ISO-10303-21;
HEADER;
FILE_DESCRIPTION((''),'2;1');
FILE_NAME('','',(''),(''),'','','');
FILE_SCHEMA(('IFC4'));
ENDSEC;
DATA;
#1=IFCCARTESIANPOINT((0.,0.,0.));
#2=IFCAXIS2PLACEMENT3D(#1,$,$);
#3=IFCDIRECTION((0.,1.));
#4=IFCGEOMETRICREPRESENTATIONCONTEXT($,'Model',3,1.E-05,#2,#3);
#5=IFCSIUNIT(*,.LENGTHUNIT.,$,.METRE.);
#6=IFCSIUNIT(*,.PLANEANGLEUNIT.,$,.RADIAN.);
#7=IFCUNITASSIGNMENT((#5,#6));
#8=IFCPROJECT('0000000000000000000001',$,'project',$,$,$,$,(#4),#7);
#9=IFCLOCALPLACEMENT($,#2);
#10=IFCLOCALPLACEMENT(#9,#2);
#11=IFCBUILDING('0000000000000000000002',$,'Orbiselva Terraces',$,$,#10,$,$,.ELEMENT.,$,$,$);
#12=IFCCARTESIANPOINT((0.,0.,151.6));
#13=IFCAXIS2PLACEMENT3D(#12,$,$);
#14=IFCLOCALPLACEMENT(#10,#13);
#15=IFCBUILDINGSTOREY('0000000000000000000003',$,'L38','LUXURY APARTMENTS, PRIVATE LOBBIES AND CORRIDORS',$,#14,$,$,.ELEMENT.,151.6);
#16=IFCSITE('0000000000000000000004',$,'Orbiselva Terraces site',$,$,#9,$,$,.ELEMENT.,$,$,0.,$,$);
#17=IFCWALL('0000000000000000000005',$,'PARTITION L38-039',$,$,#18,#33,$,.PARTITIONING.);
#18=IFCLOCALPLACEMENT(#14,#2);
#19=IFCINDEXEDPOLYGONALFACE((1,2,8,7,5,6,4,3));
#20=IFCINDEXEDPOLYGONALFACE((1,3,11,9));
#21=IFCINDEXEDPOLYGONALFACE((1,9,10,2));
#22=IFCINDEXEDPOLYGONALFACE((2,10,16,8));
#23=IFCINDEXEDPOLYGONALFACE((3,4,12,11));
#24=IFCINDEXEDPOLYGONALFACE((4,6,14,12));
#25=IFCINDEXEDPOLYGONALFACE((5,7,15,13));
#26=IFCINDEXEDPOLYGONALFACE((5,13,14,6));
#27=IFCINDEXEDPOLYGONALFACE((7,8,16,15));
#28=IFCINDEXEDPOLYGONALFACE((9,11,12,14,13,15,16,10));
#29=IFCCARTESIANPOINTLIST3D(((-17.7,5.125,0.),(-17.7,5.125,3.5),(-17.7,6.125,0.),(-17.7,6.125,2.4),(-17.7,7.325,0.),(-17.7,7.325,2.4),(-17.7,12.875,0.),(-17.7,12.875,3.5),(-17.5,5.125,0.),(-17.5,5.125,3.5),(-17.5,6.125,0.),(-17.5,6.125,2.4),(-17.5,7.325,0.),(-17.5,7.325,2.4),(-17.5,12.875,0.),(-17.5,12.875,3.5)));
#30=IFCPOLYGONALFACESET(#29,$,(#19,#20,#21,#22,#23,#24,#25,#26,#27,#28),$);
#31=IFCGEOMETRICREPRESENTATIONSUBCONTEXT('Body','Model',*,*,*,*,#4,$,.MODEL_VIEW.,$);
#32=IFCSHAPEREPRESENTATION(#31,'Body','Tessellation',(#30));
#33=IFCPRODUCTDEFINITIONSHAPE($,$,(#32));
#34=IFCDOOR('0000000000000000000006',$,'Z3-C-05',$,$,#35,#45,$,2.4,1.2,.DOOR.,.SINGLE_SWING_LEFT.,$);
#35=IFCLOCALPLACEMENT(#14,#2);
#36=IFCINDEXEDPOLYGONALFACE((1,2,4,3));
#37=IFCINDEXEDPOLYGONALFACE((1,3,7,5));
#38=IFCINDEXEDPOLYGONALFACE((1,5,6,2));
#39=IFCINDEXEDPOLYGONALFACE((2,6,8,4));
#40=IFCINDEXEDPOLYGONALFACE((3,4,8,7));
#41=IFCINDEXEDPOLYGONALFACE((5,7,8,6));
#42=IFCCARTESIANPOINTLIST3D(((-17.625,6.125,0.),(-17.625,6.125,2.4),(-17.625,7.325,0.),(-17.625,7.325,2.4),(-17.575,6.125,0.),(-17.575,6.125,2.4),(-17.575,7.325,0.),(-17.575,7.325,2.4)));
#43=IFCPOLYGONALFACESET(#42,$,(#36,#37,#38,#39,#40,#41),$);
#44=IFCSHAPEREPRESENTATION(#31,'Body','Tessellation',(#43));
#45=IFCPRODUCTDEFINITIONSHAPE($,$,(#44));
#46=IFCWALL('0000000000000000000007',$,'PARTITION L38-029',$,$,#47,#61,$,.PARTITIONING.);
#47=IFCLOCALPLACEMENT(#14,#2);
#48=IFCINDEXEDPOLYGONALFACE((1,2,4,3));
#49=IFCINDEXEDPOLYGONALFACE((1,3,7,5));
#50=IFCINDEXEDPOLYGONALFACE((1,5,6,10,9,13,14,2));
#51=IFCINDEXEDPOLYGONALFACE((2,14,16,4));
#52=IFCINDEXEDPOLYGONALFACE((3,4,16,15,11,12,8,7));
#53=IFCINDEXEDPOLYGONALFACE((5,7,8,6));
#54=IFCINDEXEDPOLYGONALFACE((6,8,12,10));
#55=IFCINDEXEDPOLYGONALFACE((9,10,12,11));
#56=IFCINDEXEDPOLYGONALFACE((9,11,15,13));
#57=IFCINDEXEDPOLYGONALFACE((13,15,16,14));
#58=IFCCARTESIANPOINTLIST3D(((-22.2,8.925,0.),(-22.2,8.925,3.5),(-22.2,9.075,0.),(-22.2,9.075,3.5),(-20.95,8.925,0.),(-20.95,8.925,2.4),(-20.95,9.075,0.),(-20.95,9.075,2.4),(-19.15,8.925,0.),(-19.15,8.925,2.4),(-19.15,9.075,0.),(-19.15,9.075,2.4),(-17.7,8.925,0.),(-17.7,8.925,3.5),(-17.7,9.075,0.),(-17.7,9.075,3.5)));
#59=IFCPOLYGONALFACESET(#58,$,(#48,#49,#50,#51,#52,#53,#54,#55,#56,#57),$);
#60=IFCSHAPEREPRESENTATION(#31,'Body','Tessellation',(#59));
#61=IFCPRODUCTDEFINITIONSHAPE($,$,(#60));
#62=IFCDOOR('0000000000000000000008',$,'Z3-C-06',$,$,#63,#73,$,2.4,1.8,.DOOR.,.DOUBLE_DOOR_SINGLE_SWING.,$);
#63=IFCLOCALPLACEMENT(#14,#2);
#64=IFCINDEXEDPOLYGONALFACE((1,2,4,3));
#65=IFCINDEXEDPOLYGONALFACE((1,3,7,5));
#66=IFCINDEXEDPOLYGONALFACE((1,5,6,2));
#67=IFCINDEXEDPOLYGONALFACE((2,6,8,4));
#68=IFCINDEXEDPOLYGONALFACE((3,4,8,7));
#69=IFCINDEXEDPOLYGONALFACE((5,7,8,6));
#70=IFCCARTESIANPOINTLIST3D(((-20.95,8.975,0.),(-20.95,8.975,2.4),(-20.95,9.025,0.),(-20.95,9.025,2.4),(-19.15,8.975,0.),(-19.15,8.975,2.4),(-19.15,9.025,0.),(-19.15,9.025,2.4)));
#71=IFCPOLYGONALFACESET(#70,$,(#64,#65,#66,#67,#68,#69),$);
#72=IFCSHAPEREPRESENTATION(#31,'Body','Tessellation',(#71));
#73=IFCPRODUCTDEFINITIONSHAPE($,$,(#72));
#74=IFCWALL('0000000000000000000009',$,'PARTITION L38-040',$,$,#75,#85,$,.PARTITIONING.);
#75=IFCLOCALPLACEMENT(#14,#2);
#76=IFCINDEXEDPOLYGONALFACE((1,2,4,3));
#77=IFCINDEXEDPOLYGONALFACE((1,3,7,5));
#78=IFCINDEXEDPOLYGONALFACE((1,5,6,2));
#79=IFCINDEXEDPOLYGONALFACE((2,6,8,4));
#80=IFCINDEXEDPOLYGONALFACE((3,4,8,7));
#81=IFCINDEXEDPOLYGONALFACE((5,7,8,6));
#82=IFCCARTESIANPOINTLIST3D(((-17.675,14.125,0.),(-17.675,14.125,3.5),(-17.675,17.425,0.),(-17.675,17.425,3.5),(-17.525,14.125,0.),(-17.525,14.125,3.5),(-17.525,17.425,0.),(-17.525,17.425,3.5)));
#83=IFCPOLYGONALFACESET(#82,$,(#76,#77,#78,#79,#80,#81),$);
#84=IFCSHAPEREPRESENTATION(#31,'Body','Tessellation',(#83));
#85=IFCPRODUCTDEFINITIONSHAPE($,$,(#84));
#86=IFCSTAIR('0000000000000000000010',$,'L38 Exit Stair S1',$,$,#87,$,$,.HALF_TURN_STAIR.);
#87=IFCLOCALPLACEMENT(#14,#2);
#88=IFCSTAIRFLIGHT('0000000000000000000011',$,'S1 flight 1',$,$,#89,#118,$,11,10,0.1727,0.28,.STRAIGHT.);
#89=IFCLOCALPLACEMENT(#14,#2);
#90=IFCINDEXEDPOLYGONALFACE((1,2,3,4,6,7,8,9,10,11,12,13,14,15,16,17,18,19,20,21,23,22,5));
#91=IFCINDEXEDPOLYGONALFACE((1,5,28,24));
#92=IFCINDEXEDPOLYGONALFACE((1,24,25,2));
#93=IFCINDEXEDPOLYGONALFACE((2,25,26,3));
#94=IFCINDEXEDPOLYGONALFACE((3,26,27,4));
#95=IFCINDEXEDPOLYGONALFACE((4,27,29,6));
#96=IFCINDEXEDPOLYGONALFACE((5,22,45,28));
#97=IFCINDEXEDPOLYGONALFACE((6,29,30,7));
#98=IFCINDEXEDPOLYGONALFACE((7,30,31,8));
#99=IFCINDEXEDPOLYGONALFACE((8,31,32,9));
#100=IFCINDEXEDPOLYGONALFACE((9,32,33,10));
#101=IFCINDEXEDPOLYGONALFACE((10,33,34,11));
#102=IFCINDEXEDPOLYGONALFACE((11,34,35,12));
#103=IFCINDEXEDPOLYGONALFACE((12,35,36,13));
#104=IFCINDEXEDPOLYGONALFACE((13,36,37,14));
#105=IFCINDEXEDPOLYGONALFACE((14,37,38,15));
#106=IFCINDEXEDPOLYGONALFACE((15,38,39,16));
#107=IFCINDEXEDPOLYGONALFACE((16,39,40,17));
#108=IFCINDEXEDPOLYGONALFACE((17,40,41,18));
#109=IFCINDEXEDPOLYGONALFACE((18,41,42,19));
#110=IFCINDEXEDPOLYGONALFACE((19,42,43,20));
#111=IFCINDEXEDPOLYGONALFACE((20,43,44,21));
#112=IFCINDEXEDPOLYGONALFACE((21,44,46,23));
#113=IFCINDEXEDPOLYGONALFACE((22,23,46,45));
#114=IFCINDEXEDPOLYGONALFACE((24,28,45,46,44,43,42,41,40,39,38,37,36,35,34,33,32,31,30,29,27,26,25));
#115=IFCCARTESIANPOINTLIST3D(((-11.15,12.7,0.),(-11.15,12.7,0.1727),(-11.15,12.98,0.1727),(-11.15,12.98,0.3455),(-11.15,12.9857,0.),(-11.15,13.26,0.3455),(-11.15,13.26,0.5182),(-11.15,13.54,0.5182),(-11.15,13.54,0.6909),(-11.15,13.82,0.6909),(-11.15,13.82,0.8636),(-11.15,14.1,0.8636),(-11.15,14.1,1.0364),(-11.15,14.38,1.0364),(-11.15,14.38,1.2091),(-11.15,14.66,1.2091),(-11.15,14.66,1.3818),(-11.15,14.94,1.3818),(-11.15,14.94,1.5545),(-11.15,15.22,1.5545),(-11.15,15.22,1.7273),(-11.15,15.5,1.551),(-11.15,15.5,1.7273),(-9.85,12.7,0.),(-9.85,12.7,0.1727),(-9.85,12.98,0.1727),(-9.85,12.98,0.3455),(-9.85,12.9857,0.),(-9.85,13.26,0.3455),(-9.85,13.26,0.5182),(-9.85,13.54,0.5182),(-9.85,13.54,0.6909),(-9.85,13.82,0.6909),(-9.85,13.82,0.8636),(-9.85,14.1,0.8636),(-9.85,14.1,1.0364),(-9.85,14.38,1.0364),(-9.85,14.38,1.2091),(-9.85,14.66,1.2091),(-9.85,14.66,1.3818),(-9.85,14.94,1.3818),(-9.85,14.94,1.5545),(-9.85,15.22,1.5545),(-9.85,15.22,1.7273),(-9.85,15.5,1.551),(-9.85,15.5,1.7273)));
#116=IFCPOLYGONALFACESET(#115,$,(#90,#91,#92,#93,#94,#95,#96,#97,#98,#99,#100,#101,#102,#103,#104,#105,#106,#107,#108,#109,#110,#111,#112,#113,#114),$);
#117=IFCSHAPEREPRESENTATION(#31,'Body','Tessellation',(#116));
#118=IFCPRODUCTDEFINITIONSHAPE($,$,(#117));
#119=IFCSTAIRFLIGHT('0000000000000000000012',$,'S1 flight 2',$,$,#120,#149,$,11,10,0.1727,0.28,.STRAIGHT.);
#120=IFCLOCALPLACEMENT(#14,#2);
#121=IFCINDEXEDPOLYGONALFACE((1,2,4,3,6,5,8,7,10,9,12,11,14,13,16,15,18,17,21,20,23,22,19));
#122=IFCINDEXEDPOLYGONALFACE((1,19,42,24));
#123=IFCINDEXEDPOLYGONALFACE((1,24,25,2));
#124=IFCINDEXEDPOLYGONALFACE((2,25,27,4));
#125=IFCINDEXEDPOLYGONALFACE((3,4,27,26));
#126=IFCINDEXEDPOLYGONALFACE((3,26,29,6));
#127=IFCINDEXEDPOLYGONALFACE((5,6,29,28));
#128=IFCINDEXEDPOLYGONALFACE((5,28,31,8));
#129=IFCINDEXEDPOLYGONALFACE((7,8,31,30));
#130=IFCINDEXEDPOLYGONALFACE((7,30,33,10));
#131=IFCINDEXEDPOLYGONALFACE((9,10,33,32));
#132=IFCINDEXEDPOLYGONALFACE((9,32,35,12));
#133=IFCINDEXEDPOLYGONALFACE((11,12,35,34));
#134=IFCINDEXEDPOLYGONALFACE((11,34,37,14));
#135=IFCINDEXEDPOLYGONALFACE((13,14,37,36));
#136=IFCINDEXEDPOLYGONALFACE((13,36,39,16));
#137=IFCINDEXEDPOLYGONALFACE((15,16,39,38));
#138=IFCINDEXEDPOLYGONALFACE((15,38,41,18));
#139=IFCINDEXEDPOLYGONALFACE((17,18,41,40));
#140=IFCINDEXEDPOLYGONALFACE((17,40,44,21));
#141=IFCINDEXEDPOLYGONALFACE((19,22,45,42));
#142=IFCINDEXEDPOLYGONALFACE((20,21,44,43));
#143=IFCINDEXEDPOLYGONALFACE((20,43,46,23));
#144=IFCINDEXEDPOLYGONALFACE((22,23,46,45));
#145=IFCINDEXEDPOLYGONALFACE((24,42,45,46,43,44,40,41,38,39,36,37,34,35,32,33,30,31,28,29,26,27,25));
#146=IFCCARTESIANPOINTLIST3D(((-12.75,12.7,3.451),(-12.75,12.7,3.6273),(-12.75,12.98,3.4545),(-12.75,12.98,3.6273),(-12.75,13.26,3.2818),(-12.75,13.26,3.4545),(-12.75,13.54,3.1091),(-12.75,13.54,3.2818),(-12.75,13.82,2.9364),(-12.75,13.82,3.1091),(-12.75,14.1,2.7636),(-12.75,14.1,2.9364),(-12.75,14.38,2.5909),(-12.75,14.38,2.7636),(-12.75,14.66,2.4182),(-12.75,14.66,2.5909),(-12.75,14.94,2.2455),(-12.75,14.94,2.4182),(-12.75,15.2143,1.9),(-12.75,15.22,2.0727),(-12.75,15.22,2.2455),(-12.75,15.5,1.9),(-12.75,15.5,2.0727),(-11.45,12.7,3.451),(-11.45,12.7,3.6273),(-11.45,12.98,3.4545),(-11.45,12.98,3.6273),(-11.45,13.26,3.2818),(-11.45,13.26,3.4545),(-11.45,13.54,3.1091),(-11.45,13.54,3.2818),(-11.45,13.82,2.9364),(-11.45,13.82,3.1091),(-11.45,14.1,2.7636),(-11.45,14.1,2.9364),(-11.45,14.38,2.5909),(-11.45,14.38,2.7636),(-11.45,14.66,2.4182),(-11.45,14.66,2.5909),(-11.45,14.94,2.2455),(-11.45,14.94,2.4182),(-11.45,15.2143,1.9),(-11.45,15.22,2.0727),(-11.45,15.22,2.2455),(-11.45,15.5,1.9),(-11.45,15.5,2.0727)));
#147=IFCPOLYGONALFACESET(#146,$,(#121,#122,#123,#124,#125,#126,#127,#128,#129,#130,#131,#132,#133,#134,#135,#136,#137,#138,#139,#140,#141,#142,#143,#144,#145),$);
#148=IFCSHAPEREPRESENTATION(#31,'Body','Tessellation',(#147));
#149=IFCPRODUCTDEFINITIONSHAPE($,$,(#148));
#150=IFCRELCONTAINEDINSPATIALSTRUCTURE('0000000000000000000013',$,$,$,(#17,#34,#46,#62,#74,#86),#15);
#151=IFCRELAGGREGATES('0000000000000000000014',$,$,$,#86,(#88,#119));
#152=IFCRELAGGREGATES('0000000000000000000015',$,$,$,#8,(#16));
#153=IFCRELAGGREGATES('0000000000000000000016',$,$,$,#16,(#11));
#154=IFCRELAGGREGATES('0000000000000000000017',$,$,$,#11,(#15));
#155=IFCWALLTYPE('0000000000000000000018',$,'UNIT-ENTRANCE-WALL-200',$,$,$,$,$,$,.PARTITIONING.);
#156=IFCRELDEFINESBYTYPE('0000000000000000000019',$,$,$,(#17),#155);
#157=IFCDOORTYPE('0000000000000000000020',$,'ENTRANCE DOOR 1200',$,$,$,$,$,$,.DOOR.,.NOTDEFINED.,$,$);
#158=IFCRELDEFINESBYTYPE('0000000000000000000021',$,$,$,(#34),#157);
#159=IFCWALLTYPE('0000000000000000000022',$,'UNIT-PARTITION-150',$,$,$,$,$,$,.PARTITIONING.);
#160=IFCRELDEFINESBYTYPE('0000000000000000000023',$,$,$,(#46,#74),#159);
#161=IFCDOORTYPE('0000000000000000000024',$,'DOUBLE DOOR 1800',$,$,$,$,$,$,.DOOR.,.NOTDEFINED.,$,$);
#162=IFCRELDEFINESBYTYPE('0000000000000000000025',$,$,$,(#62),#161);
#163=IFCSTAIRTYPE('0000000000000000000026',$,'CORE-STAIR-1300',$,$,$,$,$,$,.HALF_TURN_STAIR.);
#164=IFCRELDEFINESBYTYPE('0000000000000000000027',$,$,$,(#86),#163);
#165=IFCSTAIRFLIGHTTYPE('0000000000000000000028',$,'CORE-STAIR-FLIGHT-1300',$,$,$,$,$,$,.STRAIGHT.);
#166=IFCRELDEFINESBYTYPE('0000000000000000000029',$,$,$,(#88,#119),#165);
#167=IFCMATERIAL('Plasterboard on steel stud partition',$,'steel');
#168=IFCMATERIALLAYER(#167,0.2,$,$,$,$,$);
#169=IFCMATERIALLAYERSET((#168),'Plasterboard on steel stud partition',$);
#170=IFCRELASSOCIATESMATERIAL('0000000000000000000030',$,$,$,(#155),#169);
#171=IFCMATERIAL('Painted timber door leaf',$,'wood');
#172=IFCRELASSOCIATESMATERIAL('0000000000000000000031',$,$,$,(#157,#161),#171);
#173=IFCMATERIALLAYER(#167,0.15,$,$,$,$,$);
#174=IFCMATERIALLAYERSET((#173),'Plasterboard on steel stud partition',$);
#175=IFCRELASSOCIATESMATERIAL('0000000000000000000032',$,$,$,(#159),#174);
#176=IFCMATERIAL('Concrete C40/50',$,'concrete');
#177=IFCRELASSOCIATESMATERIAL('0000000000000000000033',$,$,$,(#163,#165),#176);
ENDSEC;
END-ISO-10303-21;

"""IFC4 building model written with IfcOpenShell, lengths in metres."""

from ifc_helpers import new_model, si_unit, direction, frame, frame_2d, origin, place, context, subcontext, project, spatial, polyline, rectangle, outline, extrude, material, layer, layer_set, type_object, element, fill, aggregate, save


model = new_model("IFC4")

# Units and contexts
model_context = context("Model", 3, precision=1e-05, world=origin(), true_north=direction((0.0, 1.0)))
body_context = subcontext(model_context, "Body", "Model", "MODEL_VIEW")
ifc_project = project(units=[si_unit("LENGTHUNIT", "METRE"), si_unit("PLANEANGLEUNIT", "RADIAN")], contexts=[model_context])

# Site, building, storey
site_placement = place(None, origin())
site = spatial("IfcSite", under=ifc_project, at=site_placement, Name="Orbiselva Terraces site", CompositionType="ELEMENT", RefElevation=0.0)
building_placement = place(site_placement, origin())
building = spatial("IfcBuilding", under=site, at=building_placement, Name="Orbiselva Terraces", CompositionType="ELEMENT")
storey_placement = place(building_placement, frame((0.0, 0.0, 151.6)))
storey = spatial("IfcBuildingStorey", under=building, at=storey_placement, Name="L38", Description="LUXURY APARTMENTS, PRIVATE LOBBIES AND CORRIDORS", CompositionType="ELEMENT", Elevation=151.6)

# Walls, openings, doors
ifc_material_1 = material(Name="Plasterboard on steel stud partition", Category="steel")
ifc_layer_1 = layer(ifc_material_1, 0.2)
ifc_layer_set_1 = layer_set([ifc_layer_1], Name="Plasterboard on steel stud partition")
wall_type_1 = type_object("IfcWallType", Name="UNIT-ENTRANCE-WALL-200", PredefinedType="PARTITIONING", material=ifc_layer_set_1)
ifc_material_2 = material(Name="Painted timber door leaf", Category="wood")
wall_1_placement = place(storey_placement, frame((-17.6, 5.125, 0.0), z_axis=(0.0, 0.0, 1.0), x_axis=(0.0, 1.0, 0.0)))
wall_1 = element("IfcWall", 1, at=wall_1_placement, inside=storey, type_object=wall_type_1, Name="PARTITION L38-039", PredefinedType="PARTITIONING", context=body_context, shape_type="SweptSolid", body=[
    extrude(rectangle(XDim=7.75, YDim=0.2, at=frame_2d((3.875, 0.0))), origin(), (0.0, 0.0, 1.0), 3.5),
])
opening_1_placement = place(wall_1_placement, frame((1.0, 0.0, 0.0)))
opening_1 = element("IfcOpeningElement", 2, at=opening_1_placement, cuts=wall_1, PredefinedType="OPENING", context=body_context, shape_type="SweptSolid", body=[
    extrude(rectangle(XDim=1.2, YDim=2.4, at=frame_2d((0.6, 1.2))), frame((0.0, 0.11, 0.0), z_axis=(0.0, -1.0, 0.0), x_axis=(1.0, 0.0, 0.0)), (0.0, 0.0, 1.0), 0.22),
])
door_type_1 = type_object("IfcDoorType", Name="ENTRANCE DOOR 1200", OperationType="NOTDEFINED", PredefinedType="DOOR", material=ifc_material_2)
door_1_placement = place(opening_1_placement, origin())
door_1 = element("IfcDoor", 3, at=door_1_placement, inside=storey, type_object=door_type_1, Name="Z3-C-05", OperationType="SINGLE_SWING_LEFT", OverallHeight=2.4, OverallWidth=1.2, PredefinedType="DOOR", context=body_context, shape_type="SweptSolid", body=[
    extrude(rectangle(XDim=1.2, YDim=2.4, at=frame_2d((0.6, 1.2))), frame((0.0, 0.025, 0.0), z_axis=(0.0, -1.0, 0.0), x_axis=(1.0, 0.0, 0.0)), (0.0, 0.0, 1.0), 0.05),
])
fill(opening_1, door_1)
ifc_layer_2 = layer(ifc_material_1, 0.15)
ifc_layer_set_2 = layer_set([ifc_layer_2], Name="Plasterboard on steel stud partition")
wall_type_2 = type_object("IfcWallType", Name="UNIT-PARTITION-150", PredefinedType="PARTITIONING", material=ifc_layer_set_2)
wall_2_placement = place(storey_placement, frame((-22.2, 9.0, 0.0), z_axis=(0.0, 0.0, 1.0), x_axis=(1.0, 0.0, 0.0)))
wall_2 = element("IfcWall", 4, at=wall_2_placement, inside=storey, type_object=wall_type_2, Name="PARTITION L38-029", PredefinedType="PARTITIONING", context=body_context, shape_type="SweptSolid", body=[
    extrude(rectangle(XDim=4.5, YDim=0.15, at=frame_2d((2.25, 0.0))), origin(), (0.0, 0.0, 1.0), 3.5),
])
opening_2_placement = place(wall_2_placement, frame((1.25, 0.0, 0.0)))
opening_2 = element("IfcOpeningElement", 5, at=opening_2_placement, cuts=wall_2, PredefinedType="OPENING", context=body_context, shape_type="SweptSolid", body=[
    extrude(rectangle(XDim=1.8, YDim=2.4, at=frame_2d((0.9, 1.2))), frame((0.0, 0.085, 0.0), z_axis=(0.0, -1.0, 0.0), x_axis=(1.0, 0.0, 0.0)), (0.0, 0.0, 1.0), 0.17),
])
door_type_2 = type_object("IfcDoorType", Name="DOUBLE DOOR 1800", OperationType="NOTDEFINED", PredefinedType="DOOR", material=ifc_material_2)
door_2_placement = place(opening_2_placement, origin())
door_2 = element("IfcDoor", 6, at=door_2_placement, inside=storey, type_object=door_type_2, Name="Z3-C-06", OperationType="DOUBLE_DOOR_SINGLE_SWING", OverallHeight=2.4, OverallWidth=1.8, PredefinedType="DOOR", context=body_context, shape_type="SweptSolid", body=[
    extrude(rectangle(XDim=1.8, YDim=2.4, at=frame_2d((0.9, 1.2))), frame((0.0, 0.025, 0.0), z_axis=(0.0, -1.0, 0.0), x_axis=(1.0, 0.0, 0.0)), (0.0, 0.0, 1.0), 0.05),
])
fill(opening_2, door_2)

# Wall
wall_3_placement = place(storey_placement, frame((-17.6, 14.125, 0.0), z_axis=(0.0, 0.0, 1.0), x_axis=(0.0, 1.0, 0.0)))
element("IfcWall", 7, at=wall_3_placement, inside=storey, type_object=wall_type_2, Name="PARTITION L38-040", PredefinedType="PARTITIONING", context=body_context, shape_type="SweptSolid", body=[
    extrude(rectangle(XDim=3.3, YDim=0.15, at=frame_2d((1.65, 0.0))), origin(), (0.0, 0.0, 1.0), 3.5),
])

# Stair, stair flights
ifc_material_3 = material(Name="Concrete C40/50", Category="concrete")
stair_type = type_object("IfcStairType", Name="CORE-STAIR-1300", PredefinedType="HALF_TURN_STAIR", material=ifc_material_3)
stair_placement = place(storey_placement, origin())
stair = element("IfcStair", 8, at=stair_placement, inside=storey, type_object=stair_type, Name="L38 Exit Stair S1", PredefinedType="HALF_TURN_STAIR")
stair_flight_type = type_object("IfcStairFlightType", Name="CORE-STAIR-FLIGHT-1300", PredefinedType="STRAIGHT", material=ifc_material_3)
stair_flight_1_placement = place(storey_placement, frame((-10.5, 12.7, 0.0), z_axis=(0.0, 0.0, 1.0), x_axis=(0.0, 1.0, 0.0)))
stair_flight_1 = element("IfcStairFlight", 9, at=stair_flight_1_placement, type_object=stair_flight_type, Name="S1 flight 1", NumberOfRisers=11, NumberOfTreads=10, PredefinedType="STRAIGHT", RiserHeight=0.1727, TreadLength=0.28, context=body_context, shape_type="SweptSolid", body=[
    extrude(outline(polyline([(0.0, 0.0), (0.0, 0.1727), (0.28, 0.1727), (0.28, 0.3455), (0.56, 0.3455), (0.56, 0.5182), (0.84, 0.5182), (0.84, 0.6909), (1.12, 0.6909), (1.12, 0.8636), (1.4, 0.8636), (1.4, 1.0364), (1.68, 1.0364), (1.68, 1.2091), (1.96, 1.2091), (1.96, 1.3818), (2.24, 1.3818), (2.24, 1.5545), (2.52, 1.5545), (2.52, 1.7273), (2.8, 1.7273), (2.8, 1.9), (2.8, 1.551), (0.2857, 0.0), (0.0, 0.0)])), frame((0.0, 0.65, 0.0), z_axis=(0.0, -1.0, 0.0), x_axis=(1.0, 0.0, 0.0)), (0.0, 0.0, 1.0), 1.3),
])
stair_flight_2_placement = place(storey_placement, frame((-12.1, 15.5, 1.9), z_axis=(0.0, 0.0, 1.0), x_axis=(0.0, -1.0, 0.0)))
stair_flight_2 = element("IfcStairFlight", 10, at=stair_flight_2_placement, type_object=stair_flight_type, Name="S1 flight 2", NumberOfRisers=11, NumberOfTreads=10, PredefinedType="STRAIGHT", RiserHeight=0.1727, TreadLength=0.28, context=body_context, shape_type="SweptSolid", body=[
    extrude(outline(polyline([(0.0, 0.0), (0.0, 0.1727), (0.28, 0.1727), (0.28, 0.3455), (0.56, 0.3455), (0.56, 0.5182), (0.84, 0.5182), (0.84, 0.6909), (1.12, 0.6909), (1.12, 0.8636), (1.4, 0.8636), (1.4, 1.0364), (1.68, 1.0364), (1.68, 1.2091), (1.96, 1.2091), (1.96, 1.3818), (2.24, 1.3818), (2.24, 1.5545), (2.52, 1.5545), (2.52, 1.7273), (2.8, 1.7273), (2.8, 1.9), (2.8, 1.551), (0.2857, 0.0), (0.0, 0.0)])), frame((0.0, 0.65, 0.0), z_axis=(0.0, -1.0, 0.0), x_axis=(1.0, 0.0, 0.0)), (0.0, 0.0, 1.0), 1.3),
])
aggregate(stair, [stair_flight_1, stair_flight_2])

save(model, "model.ifc")
